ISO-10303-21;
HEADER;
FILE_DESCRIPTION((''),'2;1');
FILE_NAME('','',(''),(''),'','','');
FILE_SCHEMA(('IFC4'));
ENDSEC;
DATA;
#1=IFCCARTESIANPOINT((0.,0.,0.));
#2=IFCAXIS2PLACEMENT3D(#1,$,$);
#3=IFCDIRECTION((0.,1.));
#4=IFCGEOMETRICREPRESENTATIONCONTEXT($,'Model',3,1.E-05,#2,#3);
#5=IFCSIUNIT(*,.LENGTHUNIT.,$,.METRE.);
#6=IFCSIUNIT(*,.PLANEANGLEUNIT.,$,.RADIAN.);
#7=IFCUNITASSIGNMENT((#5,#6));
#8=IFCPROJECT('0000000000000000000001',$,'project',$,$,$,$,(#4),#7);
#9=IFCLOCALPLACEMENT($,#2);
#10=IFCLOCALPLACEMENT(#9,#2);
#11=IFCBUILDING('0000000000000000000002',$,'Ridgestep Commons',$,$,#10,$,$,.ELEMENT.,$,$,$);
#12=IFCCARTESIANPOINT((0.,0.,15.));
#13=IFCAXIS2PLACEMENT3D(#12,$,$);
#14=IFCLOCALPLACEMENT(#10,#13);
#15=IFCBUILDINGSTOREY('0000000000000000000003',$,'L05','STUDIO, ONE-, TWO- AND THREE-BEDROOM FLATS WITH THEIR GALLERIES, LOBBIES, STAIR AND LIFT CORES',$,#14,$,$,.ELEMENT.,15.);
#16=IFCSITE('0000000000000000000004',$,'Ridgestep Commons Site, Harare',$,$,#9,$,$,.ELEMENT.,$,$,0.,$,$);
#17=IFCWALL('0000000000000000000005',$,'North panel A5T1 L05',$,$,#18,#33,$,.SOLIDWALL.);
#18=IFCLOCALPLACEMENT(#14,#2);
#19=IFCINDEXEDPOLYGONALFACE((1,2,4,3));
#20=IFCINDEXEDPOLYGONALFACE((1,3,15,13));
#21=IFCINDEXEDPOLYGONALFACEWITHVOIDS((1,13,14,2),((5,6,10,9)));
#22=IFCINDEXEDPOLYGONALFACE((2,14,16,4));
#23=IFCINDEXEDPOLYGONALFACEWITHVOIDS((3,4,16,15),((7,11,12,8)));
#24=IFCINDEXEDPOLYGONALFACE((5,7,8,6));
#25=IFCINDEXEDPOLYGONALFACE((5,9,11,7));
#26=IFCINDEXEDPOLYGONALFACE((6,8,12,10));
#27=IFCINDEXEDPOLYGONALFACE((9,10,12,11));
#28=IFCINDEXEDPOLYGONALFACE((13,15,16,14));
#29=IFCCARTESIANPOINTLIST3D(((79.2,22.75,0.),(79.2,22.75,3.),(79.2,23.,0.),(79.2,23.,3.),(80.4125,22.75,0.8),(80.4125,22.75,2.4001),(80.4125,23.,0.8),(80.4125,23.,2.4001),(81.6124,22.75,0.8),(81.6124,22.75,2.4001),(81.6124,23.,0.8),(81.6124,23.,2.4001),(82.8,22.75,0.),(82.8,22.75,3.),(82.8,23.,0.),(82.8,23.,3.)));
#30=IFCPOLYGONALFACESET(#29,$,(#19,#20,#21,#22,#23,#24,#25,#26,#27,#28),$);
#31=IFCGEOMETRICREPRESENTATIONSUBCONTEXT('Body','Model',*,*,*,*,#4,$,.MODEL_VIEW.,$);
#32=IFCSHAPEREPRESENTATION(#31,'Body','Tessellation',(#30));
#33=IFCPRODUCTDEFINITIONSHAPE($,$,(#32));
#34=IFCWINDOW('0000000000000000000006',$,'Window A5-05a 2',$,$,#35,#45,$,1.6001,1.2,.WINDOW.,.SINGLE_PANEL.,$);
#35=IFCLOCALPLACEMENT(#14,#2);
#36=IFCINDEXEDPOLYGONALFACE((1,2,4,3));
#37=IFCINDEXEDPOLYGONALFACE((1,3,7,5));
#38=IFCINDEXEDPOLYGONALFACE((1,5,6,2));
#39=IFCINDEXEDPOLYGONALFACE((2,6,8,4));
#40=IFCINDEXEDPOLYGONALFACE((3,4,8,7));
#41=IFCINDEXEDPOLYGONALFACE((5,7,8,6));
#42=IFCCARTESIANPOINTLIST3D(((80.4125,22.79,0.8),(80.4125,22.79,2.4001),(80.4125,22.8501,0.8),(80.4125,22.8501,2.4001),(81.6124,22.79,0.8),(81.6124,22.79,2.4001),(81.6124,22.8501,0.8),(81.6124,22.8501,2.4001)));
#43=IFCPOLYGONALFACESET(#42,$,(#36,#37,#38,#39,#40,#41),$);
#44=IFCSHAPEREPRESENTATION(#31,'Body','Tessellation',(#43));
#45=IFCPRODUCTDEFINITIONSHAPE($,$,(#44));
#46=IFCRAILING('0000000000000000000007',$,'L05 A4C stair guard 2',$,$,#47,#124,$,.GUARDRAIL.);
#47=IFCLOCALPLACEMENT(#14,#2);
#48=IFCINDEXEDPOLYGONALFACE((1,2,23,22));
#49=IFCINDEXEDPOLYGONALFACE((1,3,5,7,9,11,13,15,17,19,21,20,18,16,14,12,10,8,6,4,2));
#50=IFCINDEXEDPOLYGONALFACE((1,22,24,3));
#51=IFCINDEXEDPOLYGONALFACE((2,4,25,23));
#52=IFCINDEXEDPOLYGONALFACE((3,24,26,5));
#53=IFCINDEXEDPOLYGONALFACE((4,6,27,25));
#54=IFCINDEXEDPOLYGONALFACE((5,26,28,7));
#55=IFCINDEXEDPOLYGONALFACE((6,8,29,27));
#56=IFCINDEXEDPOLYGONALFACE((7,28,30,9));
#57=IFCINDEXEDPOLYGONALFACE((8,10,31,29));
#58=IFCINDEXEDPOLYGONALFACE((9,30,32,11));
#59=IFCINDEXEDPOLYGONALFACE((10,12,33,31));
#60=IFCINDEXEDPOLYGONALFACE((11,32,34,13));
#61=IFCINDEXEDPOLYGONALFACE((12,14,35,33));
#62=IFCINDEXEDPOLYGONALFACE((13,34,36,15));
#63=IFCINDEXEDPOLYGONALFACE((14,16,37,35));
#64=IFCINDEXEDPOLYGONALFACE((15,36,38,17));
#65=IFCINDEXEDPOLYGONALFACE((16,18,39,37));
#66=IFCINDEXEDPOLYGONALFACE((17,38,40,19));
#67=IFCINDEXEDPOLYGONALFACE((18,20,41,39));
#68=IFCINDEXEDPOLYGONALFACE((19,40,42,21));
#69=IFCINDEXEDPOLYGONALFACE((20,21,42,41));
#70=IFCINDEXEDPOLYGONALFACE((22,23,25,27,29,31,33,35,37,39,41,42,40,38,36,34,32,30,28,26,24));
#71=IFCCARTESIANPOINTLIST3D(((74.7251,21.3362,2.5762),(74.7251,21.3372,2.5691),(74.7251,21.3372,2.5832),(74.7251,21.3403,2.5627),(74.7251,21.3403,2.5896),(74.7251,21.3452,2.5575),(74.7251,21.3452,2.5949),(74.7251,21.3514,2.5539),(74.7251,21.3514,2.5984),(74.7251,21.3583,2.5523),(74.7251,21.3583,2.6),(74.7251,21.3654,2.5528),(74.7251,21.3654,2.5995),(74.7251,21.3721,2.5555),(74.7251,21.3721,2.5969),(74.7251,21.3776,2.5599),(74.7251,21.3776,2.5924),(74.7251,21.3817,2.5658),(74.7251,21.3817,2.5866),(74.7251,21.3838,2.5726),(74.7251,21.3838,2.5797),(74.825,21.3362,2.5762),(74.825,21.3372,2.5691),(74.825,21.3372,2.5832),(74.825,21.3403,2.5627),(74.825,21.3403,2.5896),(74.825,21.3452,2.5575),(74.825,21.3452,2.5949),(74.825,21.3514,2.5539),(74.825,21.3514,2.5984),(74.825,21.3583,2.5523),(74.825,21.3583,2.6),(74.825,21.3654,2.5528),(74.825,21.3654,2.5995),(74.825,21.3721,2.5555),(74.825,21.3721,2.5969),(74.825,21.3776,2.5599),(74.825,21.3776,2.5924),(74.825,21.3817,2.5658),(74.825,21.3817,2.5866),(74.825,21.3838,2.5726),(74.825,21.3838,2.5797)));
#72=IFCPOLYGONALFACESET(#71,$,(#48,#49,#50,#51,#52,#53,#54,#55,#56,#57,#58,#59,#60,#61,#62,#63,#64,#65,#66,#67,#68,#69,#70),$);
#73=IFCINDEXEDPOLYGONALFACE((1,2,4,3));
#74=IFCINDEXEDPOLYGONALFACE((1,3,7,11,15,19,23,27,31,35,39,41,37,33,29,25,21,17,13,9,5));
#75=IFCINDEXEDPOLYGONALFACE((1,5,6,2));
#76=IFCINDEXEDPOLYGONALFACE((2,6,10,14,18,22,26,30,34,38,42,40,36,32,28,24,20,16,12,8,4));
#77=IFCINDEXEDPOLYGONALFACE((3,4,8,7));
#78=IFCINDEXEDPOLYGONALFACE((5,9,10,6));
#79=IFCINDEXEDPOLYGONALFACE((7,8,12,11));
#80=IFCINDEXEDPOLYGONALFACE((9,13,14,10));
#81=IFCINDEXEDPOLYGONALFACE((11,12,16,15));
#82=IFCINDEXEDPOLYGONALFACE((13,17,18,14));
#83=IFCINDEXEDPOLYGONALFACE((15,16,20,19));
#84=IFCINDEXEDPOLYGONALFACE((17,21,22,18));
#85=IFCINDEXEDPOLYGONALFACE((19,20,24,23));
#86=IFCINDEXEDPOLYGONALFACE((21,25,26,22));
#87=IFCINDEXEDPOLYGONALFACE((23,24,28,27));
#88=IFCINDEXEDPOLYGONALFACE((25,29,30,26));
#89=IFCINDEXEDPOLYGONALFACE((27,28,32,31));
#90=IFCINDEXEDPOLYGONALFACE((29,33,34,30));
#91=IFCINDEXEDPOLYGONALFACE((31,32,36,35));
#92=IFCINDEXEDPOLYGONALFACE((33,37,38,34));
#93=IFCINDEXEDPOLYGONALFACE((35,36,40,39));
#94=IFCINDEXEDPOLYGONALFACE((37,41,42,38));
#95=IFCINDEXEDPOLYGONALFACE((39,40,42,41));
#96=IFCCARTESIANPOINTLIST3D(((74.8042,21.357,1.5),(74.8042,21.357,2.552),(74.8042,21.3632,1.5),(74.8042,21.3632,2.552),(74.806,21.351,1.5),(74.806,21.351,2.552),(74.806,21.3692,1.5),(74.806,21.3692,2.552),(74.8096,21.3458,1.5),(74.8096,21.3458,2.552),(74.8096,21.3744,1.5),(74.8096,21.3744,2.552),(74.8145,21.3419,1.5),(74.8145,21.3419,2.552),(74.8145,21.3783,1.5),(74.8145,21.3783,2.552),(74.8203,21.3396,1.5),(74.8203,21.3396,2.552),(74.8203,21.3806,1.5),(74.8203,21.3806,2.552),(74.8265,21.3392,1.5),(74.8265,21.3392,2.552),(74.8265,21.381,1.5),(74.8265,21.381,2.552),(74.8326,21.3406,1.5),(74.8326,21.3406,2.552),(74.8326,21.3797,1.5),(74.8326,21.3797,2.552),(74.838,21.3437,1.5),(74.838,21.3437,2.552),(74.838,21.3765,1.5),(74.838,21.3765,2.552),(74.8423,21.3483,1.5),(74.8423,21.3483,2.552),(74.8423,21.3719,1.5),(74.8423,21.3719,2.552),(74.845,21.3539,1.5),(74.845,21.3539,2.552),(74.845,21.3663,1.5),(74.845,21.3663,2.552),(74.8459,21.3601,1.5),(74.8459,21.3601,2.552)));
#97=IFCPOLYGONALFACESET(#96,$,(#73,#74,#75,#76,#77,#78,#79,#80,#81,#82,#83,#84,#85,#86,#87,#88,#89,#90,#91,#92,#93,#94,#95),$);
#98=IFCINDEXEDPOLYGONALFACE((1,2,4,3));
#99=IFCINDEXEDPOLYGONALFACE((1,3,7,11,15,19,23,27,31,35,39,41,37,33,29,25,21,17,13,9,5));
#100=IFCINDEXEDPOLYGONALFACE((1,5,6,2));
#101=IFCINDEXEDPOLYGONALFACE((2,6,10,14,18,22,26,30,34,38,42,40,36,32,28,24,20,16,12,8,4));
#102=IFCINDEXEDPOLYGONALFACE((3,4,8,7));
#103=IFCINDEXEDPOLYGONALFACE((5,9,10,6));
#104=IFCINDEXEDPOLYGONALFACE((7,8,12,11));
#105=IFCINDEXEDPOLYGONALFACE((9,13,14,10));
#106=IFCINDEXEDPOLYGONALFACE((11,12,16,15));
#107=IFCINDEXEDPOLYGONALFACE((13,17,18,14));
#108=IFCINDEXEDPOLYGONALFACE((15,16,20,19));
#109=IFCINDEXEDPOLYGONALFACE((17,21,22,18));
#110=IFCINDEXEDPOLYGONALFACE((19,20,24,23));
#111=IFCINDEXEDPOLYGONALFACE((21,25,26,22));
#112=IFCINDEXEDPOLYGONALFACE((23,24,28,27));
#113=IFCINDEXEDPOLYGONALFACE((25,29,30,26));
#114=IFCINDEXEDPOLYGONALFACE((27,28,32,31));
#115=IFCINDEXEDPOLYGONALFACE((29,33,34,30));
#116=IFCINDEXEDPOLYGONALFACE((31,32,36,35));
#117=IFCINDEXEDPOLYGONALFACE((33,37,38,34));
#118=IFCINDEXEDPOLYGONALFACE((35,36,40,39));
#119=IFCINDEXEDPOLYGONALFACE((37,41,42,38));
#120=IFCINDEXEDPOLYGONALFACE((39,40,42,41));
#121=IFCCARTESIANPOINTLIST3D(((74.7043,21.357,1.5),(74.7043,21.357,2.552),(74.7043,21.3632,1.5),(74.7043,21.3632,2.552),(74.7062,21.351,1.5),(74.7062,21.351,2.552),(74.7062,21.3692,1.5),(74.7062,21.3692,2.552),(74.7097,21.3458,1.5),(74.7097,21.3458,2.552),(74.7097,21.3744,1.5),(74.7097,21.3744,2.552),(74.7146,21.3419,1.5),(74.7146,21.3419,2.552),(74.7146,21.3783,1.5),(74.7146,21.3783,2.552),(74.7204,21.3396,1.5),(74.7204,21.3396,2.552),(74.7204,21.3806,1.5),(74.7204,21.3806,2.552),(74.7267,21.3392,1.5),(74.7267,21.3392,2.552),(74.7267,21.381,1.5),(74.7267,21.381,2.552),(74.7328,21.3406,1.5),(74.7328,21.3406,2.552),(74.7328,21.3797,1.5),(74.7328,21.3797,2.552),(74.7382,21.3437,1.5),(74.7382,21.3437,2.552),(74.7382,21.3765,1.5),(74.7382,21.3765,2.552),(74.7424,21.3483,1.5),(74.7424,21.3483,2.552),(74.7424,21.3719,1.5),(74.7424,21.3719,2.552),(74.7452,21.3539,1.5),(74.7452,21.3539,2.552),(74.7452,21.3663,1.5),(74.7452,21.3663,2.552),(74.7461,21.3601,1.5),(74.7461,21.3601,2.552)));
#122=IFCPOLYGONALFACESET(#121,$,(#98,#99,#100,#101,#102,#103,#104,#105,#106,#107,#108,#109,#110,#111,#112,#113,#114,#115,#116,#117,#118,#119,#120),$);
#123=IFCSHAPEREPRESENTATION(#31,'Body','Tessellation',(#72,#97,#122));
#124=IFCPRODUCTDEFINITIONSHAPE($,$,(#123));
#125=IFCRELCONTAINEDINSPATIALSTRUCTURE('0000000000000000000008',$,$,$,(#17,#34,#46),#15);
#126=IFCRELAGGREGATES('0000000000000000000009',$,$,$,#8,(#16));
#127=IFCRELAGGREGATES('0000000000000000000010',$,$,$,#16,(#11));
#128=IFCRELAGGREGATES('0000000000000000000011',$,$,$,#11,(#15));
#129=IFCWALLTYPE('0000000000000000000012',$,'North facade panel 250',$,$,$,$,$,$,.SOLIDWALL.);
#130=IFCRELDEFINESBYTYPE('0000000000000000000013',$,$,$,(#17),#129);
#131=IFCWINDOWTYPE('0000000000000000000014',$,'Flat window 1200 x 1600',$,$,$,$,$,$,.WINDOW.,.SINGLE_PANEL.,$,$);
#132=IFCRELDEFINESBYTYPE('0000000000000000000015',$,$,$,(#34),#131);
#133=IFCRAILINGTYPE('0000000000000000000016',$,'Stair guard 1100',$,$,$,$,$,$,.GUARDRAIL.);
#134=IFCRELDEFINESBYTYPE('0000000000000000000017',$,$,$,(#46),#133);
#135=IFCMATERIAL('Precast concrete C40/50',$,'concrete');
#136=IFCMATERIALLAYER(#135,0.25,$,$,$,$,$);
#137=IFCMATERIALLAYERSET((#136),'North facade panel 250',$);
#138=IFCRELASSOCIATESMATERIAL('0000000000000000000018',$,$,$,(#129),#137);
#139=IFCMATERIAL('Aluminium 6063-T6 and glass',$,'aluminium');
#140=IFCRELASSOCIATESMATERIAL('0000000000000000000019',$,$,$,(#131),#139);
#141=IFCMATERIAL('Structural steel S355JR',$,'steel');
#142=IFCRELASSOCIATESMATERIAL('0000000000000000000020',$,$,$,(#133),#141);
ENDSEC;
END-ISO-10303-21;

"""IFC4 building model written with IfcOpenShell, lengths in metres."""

from ifc_helpers import new_model, si_unit, direction, frame, frame_2d, origin, origin_2d, place, context, subcontext, project, spatial, rectangle, circle, extrude, material, layer, layer_set, type_object, element, fill, save


model = new_model("IFC4")

# Units and contexts
model_context = context("Model", 3, precision=1e-05, world=origin(), true_north=direction((0.0, 1.0)))
body_context = subcontext(model_context, "Body", "Model", "MODEL_VIEW")
ifc_project = project(units=[si_unit("LENGTHUNIT", "METRE"), si_unit("PLANEANGLEUNIT", "RADIAN")], contexts=[model_context])

# Site, building, storey
site_placement = place(None, origin())
site = spatial("IfcSite", under=ifc_project, at=site_placement, Name="Ridgestep Commons Site, Harare", CompositionType="ELEMENT", RefElevation=0.0)
building_placement = place(site_placement, origin())
building = spatial("IfcBuilding", under=site, at=building_placement, Name="Ridgestep Commons", CompositionType="ELEMENT")
storey_placement = place(building_placement, frame((0.0, 0.0, 15.0)))
storey = spatial("IfcBuildingStorey", under=building, at=storey_placement, Name="L05", Description="STUDIO, ONE-, TWO- AND THREE-BEDROOM FLATS WITH THEIR GALLERIES, LOBBIES, STAIR AND LIFT CORES", CompositionType="ELEMENT", Elevation=15.0)

# Shared definitions
ifc_material_1 = material(Name="Precast concrete C40/50", Category="concrete")
ifc_layer_1 = layer(ifc_material_1, 0.25)
ifc_layer_set_1 = layer_set([ifc_layer_1], Name="North facade panel 250")
wall_type = type_object("IfcWallType", Name="North facade panel 250", PredefinedType="SOLIDWALL", material=ifc_layer_set_1)

# Wall, opening, window
wall_1_placement = place(storey_placement, frame((79.2, 22.875, 0.0), z_axis=(0.0, 0.0, 1.0), x_axis=(1.0, 0.0, 0.0)))
wall_1 = element("IfcWall", 1, at=wall_1_placement, inside=storey, type_object=wall_type, Name="North panel A5T1 L05", PredefinedType="SOLIDWALL", context=body_context, shape_type="SweptSolid", body=[
    extrude(rectangle(XDim=3.6001, YDim=0.25, at=frame_2d((1.8, 0.0))), origin(), (0.0, 0.0, 1.0), 3.0),
])
opening_placement = place(wall_1_placement, frame((1.2124, 0.0, 0.8)))
opening = element("IfcOpeningElement", 2, at=opening_placement, cuts=wall_1, PredefinedType="OPENING", context=body_context, shape_type="SweptSolid", body=[
    extrude(rectangle(XDim=1.2, YDim=1.6001, at=frame_2d((0.6001, 0.8))), frame((0.0, 0.135, 0.0), z_axis=(0.0, -1.0, 0.0), x_axis=(1.0, 0.0, 0.0)), (0.0, 0.0, 1.0), 0.27),
])
ifc_material_2 = material(Name="Aluminium 6063-T6 and glass", Category="aluminium")
window_type = type_object("IfcWindowType", Name="Flat window 1200 x 1600", PartitioningType="SINGLE_PANEL", PredefinedType="WINDOW", material=ifc_material_2)
window_placement = place(opening_placement, origin())
window = element("IfcWindow", 3, at=window_placement, inside=storey, type_object=window_type, Name="Window A5-05a 2", OverallHeight=1.6001, OverallWidth=1.2, PartitioningType="SINGLE_PANEL", PredefinedType="WINDOW", context=body_context, shape_type="SweptSolid", body=[
    extrude(rectangle(XDim=1.2, YDim=1.6001, at=frame_2d((0.6001, 0.8))), frame((0.0, -0.0249, 0.0), z_axis=(0.0, -1.0, 0.0), x_axis=(1.0, 0.0, 0.0)), (0.0, 0.0, 1.0), 0.0601),
])
fill(opening, window)

# Railing
ifc_material_3 = material(Name="Structural steel S355JR", Category="steel")
railing_type = type_object("IfcRailingType", Name="Stair guard 1100", PredefinedType="GUARDRAIL", material=ifc_material_3)
railing_1_placement = place(storey_placement, frame((74.825, 21.3601, 1.5)))
element("IfcRailing", 4, at=railing_1_placement, inside=storey, type_object=railing_type, Name="L05 A4C stair guard 2", PredefinedType="GUARDRAIL", context=body_context, shape_type="SweptSolid", body=[
    extrude(circle(Radius=0.0239, at=origin_2d()), frame((0.0, 0.0, 1.0762), z_axis=(-1.0, 0.0, 0.0), x_axis=(0.0, -1.0, 0.0)), (0.0, 0.0, 1.0), 0.0999),
    extrude(circle(Radius=0.021, at=origin_2d()), origin(), (0.0, 0.0, 1.0), 1.052),
    extrude(circle(Radius=0.021, at=origin_2d()), frame((-0.0999, 0.0, 0.0)), (0.0, 0.0, 1.0), 1.052),
])

save(model, "model.ifc")
